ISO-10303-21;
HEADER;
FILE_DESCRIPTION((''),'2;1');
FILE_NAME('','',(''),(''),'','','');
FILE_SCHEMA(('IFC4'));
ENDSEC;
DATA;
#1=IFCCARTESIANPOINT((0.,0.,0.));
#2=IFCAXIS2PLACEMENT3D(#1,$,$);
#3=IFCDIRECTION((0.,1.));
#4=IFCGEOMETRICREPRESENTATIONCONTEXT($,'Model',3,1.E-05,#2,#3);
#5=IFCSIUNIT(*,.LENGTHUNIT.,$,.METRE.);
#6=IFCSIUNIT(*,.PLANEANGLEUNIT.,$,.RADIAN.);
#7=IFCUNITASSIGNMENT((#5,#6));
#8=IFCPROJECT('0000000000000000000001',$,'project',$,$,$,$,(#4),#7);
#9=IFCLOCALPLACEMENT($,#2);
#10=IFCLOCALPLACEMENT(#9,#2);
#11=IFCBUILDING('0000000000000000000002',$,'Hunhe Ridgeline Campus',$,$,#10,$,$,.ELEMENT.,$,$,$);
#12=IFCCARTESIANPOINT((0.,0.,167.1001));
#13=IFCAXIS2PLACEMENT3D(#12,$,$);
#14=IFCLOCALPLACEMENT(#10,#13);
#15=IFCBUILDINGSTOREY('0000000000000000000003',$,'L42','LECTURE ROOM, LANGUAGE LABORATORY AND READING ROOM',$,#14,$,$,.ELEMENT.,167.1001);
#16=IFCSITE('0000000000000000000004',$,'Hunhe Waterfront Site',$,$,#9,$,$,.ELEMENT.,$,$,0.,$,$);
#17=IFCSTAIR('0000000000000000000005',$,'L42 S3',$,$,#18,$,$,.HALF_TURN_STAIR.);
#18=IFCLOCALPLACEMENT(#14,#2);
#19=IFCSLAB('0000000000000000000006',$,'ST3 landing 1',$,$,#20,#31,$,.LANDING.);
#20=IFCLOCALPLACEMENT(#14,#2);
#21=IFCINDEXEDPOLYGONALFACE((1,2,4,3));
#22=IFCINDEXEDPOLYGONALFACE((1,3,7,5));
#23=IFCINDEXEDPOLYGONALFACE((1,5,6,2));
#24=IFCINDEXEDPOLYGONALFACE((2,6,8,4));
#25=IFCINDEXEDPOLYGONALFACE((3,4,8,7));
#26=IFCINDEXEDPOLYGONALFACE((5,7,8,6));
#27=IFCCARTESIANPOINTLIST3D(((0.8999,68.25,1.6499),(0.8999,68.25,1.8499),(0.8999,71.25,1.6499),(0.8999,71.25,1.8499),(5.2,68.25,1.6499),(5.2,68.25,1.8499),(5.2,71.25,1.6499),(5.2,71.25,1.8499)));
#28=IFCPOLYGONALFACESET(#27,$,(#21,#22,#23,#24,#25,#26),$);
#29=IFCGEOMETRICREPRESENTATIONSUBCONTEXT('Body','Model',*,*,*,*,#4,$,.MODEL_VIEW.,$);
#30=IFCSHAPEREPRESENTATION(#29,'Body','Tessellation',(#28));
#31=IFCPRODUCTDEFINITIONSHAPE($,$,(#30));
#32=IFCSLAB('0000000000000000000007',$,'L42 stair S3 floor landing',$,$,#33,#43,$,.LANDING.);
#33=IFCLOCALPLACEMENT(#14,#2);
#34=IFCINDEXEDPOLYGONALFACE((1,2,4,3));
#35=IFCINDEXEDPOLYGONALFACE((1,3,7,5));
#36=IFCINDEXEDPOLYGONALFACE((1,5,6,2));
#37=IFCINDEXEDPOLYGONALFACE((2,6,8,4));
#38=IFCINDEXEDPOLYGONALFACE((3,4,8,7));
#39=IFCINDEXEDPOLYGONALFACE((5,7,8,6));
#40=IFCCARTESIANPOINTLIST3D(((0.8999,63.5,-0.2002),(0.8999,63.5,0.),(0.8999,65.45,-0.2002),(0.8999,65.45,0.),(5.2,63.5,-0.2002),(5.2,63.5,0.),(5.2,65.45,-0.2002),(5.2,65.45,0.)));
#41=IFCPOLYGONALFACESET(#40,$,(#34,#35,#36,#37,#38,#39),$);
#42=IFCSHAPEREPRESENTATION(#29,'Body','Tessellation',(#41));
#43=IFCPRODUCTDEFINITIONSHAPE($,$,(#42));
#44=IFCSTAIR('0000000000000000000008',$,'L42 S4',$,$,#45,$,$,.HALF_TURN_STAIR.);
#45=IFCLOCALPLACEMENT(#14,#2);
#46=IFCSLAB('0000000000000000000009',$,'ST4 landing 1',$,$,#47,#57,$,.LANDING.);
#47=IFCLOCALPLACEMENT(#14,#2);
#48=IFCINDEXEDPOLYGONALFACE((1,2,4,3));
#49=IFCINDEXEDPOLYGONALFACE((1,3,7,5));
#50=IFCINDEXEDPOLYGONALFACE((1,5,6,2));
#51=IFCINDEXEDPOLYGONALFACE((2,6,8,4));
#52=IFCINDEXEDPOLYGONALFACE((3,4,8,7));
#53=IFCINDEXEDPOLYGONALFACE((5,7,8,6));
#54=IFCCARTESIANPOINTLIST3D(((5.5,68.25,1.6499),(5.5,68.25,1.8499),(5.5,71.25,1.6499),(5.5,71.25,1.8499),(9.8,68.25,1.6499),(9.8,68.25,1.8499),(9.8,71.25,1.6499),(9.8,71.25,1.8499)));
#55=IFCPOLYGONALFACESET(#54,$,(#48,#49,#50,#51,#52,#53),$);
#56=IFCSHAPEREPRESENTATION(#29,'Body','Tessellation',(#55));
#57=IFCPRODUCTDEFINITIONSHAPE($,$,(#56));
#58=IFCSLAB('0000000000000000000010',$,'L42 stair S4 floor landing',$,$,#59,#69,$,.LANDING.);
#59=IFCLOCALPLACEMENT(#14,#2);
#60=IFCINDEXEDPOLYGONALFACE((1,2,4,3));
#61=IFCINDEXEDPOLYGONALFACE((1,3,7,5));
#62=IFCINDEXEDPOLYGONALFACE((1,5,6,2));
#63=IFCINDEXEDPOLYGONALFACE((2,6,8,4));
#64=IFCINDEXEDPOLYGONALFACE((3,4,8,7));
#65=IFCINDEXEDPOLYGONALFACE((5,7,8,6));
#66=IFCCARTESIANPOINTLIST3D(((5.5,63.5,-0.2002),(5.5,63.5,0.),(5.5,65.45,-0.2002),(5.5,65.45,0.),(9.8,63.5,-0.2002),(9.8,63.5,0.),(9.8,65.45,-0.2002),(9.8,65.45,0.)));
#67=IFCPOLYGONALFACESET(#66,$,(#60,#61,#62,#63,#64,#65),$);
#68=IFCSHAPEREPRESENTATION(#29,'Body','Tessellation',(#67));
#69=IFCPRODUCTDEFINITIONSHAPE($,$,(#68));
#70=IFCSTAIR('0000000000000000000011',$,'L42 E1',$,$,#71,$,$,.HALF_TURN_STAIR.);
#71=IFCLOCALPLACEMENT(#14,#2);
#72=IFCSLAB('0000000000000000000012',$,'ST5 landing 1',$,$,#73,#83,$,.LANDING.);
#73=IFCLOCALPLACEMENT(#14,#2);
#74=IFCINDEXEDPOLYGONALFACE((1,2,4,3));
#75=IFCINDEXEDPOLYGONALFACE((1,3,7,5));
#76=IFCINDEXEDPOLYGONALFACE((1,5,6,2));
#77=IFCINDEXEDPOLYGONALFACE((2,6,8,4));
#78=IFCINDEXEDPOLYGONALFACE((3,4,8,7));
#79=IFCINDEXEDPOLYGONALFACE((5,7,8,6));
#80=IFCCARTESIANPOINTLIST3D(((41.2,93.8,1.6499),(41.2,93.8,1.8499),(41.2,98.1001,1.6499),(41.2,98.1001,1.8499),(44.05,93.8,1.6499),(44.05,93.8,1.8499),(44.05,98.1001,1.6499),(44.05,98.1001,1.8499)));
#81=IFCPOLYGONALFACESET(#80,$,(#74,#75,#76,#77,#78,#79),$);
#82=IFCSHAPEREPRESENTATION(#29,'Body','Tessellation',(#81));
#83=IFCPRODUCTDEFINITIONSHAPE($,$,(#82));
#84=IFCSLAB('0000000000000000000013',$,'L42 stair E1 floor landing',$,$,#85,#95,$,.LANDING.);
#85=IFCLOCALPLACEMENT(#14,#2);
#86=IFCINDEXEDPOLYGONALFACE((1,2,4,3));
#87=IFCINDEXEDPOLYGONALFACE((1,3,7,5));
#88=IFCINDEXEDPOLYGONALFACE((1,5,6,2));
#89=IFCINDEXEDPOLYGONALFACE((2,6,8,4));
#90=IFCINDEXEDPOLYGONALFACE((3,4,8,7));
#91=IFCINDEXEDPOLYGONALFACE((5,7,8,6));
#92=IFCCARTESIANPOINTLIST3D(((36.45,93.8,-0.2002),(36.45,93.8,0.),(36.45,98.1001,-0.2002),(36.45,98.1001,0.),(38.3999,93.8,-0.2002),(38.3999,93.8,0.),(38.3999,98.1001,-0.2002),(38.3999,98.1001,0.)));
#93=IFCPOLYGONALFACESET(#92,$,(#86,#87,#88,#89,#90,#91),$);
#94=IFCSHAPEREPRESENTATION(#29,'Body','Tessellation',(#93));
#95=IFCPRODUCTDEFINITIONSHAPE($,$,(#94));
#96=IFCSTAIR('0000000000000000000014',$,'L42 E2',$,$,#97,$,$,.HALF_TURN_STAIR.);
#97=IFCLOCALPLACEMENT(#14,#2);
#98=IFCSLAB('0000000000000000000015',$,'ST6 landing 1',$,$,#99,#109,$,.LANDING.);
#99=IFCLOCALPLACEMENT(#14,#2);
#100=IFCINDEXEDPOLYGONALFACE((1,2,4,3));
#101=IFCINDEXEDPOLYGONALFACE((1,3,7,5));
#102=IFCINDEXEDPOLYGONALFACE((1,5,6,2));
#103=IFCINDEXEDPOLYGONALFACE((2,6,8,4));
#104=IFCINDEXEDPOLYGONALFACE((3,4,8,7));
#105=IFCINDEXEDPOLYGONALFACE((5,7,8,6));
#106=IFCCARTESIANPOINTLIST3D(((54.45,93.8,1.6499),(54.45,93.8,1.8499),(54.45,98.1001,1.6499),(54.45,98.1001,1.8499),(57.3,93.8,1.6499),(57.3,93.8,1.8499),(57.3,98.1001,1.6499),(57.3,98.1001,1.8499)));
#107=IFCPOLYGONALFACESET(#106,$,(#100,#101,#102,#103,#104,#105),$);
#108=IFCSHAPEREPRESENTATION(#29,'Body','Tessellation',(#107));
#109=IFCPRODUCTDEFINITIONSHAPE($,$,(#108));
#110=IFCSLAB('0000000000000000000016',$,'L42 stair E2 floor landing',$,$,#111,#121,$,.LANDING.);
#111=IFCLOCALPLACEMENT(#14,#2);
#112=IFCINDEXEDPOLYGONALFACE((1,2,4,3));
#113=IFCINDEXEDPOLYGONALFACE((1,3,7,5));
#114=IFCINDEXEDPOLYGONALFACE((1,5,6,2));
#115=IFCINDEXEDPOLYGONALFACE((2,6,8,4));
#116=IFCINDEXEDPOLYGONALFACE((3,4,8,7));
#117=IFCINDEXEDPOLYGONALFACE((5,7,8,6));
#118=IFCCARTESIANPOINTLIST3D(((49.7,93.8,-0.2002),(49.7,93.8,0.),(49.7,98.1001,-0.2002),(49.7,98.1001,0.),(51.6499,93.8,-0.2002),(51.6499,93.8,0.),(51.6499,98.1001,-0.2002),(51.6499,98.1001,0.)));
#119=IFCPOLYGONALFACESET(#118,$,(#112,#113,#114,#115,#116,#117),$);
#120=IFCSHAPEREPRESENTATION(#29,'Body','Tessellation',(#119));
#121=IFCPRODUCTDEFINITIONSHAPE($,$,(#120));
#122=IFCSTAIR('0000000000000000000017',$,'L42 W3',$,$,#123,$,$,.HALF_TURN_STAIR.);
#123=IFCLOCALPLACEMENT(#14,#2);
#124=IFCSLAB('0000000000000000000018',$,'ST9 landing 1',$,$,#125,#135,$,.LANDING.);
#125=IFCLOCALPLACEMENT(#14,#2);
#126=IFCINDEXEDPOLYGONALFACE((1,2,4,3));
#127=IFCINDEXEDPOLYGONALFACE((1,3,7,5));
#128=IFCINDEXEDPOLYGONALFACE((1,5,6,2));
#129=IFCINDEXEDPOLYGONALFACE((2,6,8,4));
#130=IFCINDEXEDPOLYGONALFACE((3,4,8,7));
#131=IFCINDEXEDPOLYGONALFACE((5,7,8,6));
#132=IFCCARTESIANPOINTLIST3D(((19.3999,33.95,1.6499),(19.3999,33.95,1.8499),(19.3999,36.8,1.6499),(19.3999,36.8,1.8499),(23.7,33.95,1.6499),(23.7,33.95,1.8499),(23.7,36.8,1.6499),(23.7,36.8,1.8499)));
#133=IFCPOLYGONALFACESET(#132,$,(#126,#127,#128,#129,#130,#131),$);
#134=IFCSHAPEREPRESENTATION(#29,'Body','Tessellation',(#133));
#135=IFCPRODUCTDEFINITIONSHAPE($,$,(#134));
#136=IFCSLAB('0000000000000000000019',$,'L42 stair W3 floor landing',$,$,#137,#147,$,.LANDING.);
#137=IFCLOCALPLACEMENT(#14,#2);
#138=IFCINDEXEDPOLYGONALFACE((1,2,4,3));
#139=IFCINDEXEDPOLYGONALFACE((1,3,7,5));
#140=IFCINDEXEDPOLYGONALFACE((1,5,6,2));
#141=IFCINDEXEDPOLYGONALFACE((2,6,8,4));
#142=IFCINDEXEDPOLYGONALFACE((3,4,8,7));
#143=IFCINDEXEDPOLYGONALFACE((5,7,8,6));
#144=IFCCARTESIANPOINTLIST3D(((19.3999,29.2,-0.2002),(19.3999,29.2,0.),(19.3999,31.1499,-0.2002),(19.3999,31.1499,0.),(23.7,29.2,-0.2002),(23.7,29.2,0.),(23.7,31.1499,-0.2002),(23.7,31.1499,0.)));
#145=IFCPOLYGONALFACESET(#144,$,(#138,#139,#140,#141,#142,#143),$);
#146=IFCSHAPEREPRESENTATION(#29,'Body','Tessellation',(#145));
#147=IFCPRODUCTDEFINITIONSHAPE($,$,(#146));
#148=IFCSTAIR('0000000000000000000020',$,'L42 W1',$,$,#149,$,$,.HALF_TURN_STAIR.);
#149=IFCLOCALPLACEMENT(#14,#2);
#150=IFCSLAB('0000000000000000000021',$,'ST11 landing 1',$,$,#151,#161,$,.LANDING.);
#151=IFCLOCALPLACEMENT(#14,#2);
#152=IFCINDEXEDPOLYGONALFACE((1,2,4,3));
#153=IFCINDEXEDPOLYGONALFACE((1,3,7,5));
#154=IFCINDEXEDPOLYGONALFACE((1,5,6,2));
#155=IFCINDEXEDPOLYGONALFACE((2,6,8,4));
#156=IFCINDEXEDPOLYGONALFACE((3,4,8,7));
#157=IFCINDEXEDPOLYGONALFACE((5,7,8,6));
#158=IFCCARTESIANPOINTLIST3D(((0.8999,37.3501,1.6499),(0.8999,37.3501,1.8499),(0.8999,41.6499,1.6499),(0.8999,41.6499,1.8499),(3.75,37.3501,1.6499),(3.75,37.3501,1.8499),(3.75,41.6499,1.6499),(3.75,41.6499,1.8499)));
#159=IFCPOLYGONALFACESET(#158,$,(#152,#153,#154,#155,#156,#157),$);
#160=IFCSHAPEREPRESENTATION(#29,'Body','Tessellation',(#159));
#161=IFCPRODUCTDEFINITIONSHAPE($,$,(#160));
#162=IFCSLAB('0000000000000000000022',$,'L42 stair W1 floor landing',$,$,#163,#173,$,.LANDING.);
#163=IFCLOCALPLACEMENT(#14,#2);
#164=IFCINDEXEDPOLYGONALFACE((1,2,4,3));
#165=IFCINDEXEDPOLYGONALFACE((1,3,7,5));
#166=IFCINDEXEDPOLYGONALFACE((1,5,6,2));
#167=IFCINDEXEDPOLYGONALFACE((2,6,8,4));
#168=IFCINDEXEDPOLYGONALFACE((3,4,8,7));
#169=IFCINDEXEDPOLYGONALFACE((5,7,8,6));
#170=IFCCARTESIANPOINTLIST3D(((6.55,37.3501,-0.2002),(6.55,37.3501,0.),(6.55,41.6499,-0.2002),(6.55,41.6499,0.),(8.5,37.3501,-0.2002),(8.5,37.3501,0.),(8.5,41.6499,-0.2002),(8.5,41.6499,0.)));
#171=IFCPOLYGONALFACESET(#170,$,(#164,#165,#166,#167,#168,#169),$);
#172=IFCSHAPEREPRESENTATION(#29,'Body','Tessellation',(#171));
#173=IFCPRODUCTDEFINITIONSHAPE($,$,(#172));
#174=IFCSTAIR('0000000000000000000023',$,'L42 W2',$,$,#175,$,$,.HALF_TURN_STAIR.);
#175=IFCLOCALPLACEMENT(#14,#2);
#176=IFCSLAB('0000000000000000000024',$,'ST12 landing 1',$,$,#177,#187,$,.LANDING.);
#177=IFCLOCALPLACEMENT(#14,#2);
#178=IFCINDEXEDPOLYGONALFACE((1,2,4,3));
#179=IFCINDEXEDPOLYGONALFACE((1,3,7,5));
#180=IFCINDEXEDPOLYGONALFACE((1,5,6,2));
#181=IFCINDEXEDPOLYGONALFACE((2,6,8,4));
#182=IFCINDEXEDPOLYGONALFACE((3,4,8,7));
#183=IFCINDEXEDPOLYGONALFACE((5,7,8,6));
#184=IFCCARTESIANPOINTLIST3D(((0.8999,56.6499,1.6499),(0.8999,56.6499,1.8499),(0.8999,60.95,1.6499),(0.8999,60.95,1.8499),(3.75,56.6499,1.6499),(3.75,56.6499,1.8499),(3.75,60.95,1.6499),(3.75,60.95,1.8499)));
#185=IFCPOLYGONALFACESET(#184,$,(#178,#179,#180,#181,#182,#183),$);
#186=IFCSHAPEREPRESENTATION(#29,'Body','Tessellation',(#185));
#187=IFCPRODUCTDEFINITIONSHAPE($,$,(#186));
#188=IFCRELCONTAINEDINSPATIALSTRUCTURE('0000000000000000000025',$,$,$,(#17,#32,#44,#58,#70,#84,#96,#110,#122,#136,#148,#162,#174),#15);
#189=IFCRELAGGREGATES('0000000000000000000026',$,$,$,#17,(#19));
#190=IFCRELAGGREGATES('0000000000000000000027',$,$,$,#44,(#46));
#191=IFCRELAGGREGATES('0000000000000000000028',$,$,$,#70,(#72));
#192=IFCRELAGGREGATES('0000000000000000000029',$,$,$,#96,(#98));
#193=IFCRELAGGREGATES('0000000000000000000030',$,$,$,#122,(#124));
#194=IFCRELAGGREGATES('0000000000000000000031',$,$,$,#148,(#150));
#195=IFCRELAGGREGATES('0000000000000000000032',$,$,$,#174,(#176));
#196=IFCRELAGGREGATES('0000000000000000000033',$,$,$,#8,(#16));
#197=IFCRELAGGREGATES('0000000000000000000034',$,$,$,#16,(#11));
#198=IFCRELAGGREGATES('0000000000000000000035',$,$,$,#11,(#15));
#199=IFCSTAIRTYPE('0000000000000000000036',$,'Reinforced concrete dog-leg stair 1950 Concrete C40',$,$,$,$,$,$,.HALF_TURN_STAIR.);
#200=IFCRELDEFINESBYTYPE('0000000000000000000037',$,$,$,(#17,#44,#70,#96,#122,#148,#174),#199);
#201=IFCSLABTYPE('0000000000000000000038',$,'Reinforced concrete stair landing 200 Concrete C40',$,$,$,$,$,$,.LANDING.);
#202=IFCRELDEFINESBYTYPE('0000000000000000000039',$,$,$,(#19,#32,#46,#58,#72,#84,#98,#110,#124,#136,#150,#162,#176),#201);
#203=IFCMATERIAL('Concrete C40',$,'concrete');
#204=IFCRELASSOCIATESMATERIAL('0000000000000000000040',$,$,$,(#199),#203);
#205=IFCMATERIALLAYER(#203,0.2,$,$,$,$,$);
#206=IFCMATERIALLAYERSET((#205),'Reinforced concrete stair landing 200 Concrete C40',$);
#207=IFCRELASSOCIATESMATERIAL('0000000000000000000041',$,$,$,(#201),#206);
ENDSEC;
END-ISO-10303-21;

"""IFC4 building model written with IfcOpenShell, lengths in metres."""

from ifc_helpers import new_model, si_unit, direction, frame, origin, place, context, subcontext, project, spatial, polyline, outline, extrude, material, layer, layer_set, type_object, element, aggregate, save


model = new_model("IFC4")

# Units and contexts
model_context = context("Model", 3, precision=1e-05, world=origin(), true_north=direction((0.0, 1.0)))
body_context = subcontext(model_context, "Body", "Model", "MODEL_VIEW")
ifc_project = project(units=[si_unit("LENGTHUNIT", "METRE"), si_unit("PLANEANGLEUNIT", "RADIAN")], contexts=[model_context])

# Site, building, storey
site_placement = place(None, origin())
site = spatial("IfcSite", under=ifc_project, at=site_placement, Name="Hunhe Waterfront Site", CompositionType="ELEMENT", RefElevation=0.0)
building_placement = place(site_placement, origin())
building = spatial("IfcBuilding", under=site, at=building_placement, Name="Hunhe Ridgeline Campus", CompositionType="ELEMENT")
storey_placement = place(building_placement, frame((0.0, 0.0, 167.1001)))
storey = spatial("IfcBuildingStorey", under=building, at=storey_placement, Name="L42", Description="LECTURE ROOM, LANGUAGE LABORATORY AND READING ROOM", CompositionType="ELEMENT", Elevation=167.1001)

# Shared definitions
ifc_material_1 = material(Name="Concrete C40", Category="concrete")

# Shared definitions
stair_type = type_object("IfcStairType", Name="Reinforced concrete dog-leg stair 1950 Concrete C40", PredefinedType="HALF_TURN_STAIR", material=ifc_material_1)
ifc_layer_1 = layer(ifc_material_1, 0.2)
ifc_layer_set_1 = layer_set([ifc_layer_1], Name="Reinforced concrete stair landing 200 Concrete C40")
slab_type_1 = type_object("IfcSlabType", Name="Reinforced concrete stair landing 200 Concrete C40", PredefinedType="LANDING", material=ifc_layer_set_1)

# Stair, slab
stair_1_placement = place(storey_placement, origin())
stair_1 = element("IfcStair", 1, at=stair_1_placement, inside=storey, type_object=stair_type, Name="L42 S3", PredefinedType="HALF_TURN_STAIR")
slab_1_placement = place(storey_placement, frame((0.0, 0.0, 1.6499)))
slab_1 = element("IfcSlab", 2, at=slab_1_placement, type_object=slab_type_1, Name="ST3 landing 1", PredefinedType="LANDING", context=body_context, shape_type="SweptSolid", body=[
    extrude(outline(polyline([(5.2, 68.25), (5.2, 71.25), (0.8999, 71.25), (0.8999, 68.25), (5.2, 68.25)])), origin(), (0.0, 0.0, 1.0), 0.2),
])
aggregate(stair_1, [slab_1])

# Slab
slab_2_placement = place(storey_placement, frame((0.0, 0.0, -0.2002)))
element("IfcSlab", 3, at=slab_2_placement, inside=storey, type_object=slab_type_1, Name="L42 stair S3 floor landing", PredefinedType="LANDING", context=body_context, shape_type="SweptSolid", body=[
    extrude(outline(polyline([(5.2, 63.5), (5.2, 65.45), (0.8999, 65.45), (0.8999, 63.5), (5.2, 63.5)])), origin(), (0.0, 0.0, 1.0), 0.2002),
])

# Stair, slab
stair_2_placement = place(storey_placement, origin())
stair_2 = element("IfcStair", 4, at=stair_2_placement, inside=storey, type_object=stair_type, Name="L42 S4", PredefinedType="HALF_TURN_STAIR")
slab_3_placement = place(storey_placement, frame((0.0, 0.0, 1.6499)))
slab_3 = element("IfcSlab", 5, at=slab_3_placement, type_object=slab_type_1, Name="ST4 landing 1", PredefinedType="LANDING", context=body_context, shape_type="SweptSolid", body=[
    extrude(outline(polyline([(9.8, 68.25), (9.8, 71.25), (5.5, 71.25), (5.5, 68.25), (9.8, 68.25)])), origin(), (0.0, 0.0, 1.0), 0.2),
])
aggregate(stair_2, [slab_3])

# Slab
slab_4_placement = place(storey_placement, frame((0.0, 0.0, -0.2002)))
element("IfcSlab", 6, at=slab_4_placement, inside=storey, type_object=slab_type_1, Name="L42 stair S4 floor landing", PredefinedType="LANDING", context=body_context, shape_type="SweptSolid", body=[
    extrude(outline(polyline([(9.8, 63.5), (9.8, 65.45), (5.5, 65.45), (5.5, 63.5), (9.8, 63.5)])), origin(), (0.0, 0.0, 1.0), 0.2002),
])

# Stair, slab
stair_3_placement = place(storey_placement, origin())
stair_3 = element("IfcStair", 7, at=stair_3_placement, inside=storey, type_object=stair_type, Name="L42 E1", PredefinedType="HALF_TURN_STAIR")
slab_5_placement = place(storey_placement, frame((0.0, 0.0, 1.6499)))
slab_5 = element("IfcSlab", 8, at=slab_5_placement, type_object=slab_type_1, Name="ST5 landing 1", PredefinedType="LANDING", context=body_context, shape_type="SweptSolid", body=[
    extrude(outline(polyline([(41.2, 93.8), (44.05, 93.8), (44.05, 98.1001), (41.2, 98.1001), (41.2, 93.8)])), origin(), (0.0, 0.0, 1.0), 0.2),
])
aggregate(stair_3, [slab_5])

# Slab
slab_6_placement = place(storey_placement, frame((0.0, 0.0, -0.2002)))
element("IfcSlab", 9, at=slab_6_placement, inside=storey, type_object=slab_type_1, Name="L42 stair E1 floor landing", PredefinedType="LANDING", context=body_context, shape_type="SweptSolid", body=[
    extrude(outline(polyline([(36.45, 93.8), (38.3999, 93.8), (38.3999, 98.1001), (36.45, 98.1001), (36.45, 93.8)])), origin(), (0.0, 0.0, 1.0), 0.2002),
])

# Stair, slab
stair_4_placement = place(storey_placement, origin())
stair_4 = element("IfcStair", 10, at=stair_4_placement, inside=storey, type_object=stair_type, Name="L42 E2", PredefinedType="HALF_TURN_STAIR")
slab_7_placement = place(storey_placement, frame((0.0, 0.0, 1.6499)))
slab_7 = element("IfcSlab", 11, at=slab_7_placement, type_object=slab_type_1, Name="ST6 landing 1", PredefinedType="LANDING", context=body_context, shape_type="SweptSolid", body=[
    extrude(outline(polyline([(54.45, 93.8), (57.3, 93.8), (57.3, 98.1001), (54.45, 98.1001), (54.45, 93.8)])), origin(), (0.0, 0.0, 1.0), 0.2),
])
aggregate(stair_4, [slab_7])

# Slab
slab_8_placement = place(storey_placement, frame((0.0, 0.0, -0.2002)))
element("IfcSlab", 12, at=slab_8_placement, inside=storey, type_object=slab_type_1, Name="L42 stair E2 floor landing", PredefinedType="LANDING", context=body_context, shape_type="SweptSolid", body=[
    extrude(outline(polyline([(49.7, 93.8), (51.6499, 93.8), (51.6499, 98.1001), (49.7, 98.1001), (49.7, 93.8)])), origin(), (0.0, 0.0, 1.0), 0.2002),
])

# Stair, slab
stair_5_placement = place(storey_placement, origin())
stair_5 = element("IfcStair", 13, at=stair_5_placement, inside=storey, type_object=stair_type, Name="L42 W3", PredefinedType="HALF_TURN_STAIR")
slab_9_placement = place(storey_placement, frame((0.0, 0.0, 1.6499)))
slab_9 = element("IfcSlab", 14, at=slab_9_placement, type_object=slab_type_1, Name="ST9 landing 1", PredefinedType="LANDING", context=body_context, shape_type="SweptSolid", body=[
    extrude(outline(polyline([(23.7, 33.95), (23.7, 36.8), (19.3999, 36.8), (19.3999, 33.95), (23.7, 33.95)])), origin(), (0.0, 0.0, 1.0), 0.2),
])
aggregate(stair_5, [slab_9])

# Slab
slab_10_placement = place(storey_placement, frame((0.0, 0.0, -0.2002)))
element("IfcSlab", 15, at=slab_10_placement, inside=storey, type_object=slab_type_1, Name="L42 stair W3 floor landing", PredefinedType="LANDING", context=body_context, shape_type="SweptSolid", body=[
    extrude(outline(polyline([(23.7, 29.2), (23.7, 31.1499), (19.3999, 31.1499), (19.3999, 29.2), (23.7, 29.2)])), origin(), (0.0, 0.0, 1.0), 0.2002),
])

# Stair, slab
stair_6_placement = place(storey_placement, origin())
stair_6 = element("IfcStair", 16, at=stair_6_placement, inside=storey, type_object=stair_type, Name="L42 W1", PredefinedType="HALF_TURN_STAIR")
slab_11_placement = place(storey_placement, frame((0.0, 0.0, 1.6499)))
slab_11 = element("IfcSlab", 17, at=slab_11_placement, type_object=slab_type_1, Name="ST11 landing 1", PredefinedType="LANDING", context=body_context, shape_type="SweptSolid", body=[
    extrude(outline(polyline([(3.75, 41.6499), (0.8999, 41.6499), (0.8999, 37.3501), (3.75, 37.3501), (3.75, 41.6499)])), origin(), (0.0, 0.0, 1.0), 0.2),
])
aggregate(stair_6, [slab_11])

# Slab
slab_12_placement = place(storey_placement, frame((0.0, 0.0, -0.2002)))
element("IfcSlab", 18, at=slab_12_placement, inside=storey, type_object=slab_type_1, Name="L42 stair W1 floor landing", PredefinedType="LANDING", context=body_context, shape_type="SweptSolid", body=[
    extrude(outline(polyline([(8.5, 41.6499), (6.55, 41.6499), (6.55, 37.3501), (8.5, 37.3501), (8.5, 41.6499)])), origin(), (0.0, 0.0, 1.0), 0.2002),
])

# Stair, slab
stair_7_placement = place(storey_placement, origin())
stair_7 = element("IfcStair", 19, at=stair_7_placement, inside=storey, type_object=stair_type, Name="L42 W2", PredefinedType="HALF_TURN_STAIR")
slab_13_placement = place(storey_placement, frame((0.0, 0.0, 1.6499)))
slab_13 = element("IfcSlab", 20, at=slab_13_placement, type_object=slab_type_1, Name="ST12 landing 1", PredefinedType="LANDING", context=body_context, shape_type="SweptSolid", body=[
    extrude(outline(polyline([(3.75, 60.95), (0.8999, 60.95), (0.8999, 56.6499), (3.75, 56.6499), (3.75, 60.95)])), origin(), (0.0, 0.0, 1.0), 0.2),
])
aggregate(stair_7, [slab_13])

save(model, "model.ifc")
